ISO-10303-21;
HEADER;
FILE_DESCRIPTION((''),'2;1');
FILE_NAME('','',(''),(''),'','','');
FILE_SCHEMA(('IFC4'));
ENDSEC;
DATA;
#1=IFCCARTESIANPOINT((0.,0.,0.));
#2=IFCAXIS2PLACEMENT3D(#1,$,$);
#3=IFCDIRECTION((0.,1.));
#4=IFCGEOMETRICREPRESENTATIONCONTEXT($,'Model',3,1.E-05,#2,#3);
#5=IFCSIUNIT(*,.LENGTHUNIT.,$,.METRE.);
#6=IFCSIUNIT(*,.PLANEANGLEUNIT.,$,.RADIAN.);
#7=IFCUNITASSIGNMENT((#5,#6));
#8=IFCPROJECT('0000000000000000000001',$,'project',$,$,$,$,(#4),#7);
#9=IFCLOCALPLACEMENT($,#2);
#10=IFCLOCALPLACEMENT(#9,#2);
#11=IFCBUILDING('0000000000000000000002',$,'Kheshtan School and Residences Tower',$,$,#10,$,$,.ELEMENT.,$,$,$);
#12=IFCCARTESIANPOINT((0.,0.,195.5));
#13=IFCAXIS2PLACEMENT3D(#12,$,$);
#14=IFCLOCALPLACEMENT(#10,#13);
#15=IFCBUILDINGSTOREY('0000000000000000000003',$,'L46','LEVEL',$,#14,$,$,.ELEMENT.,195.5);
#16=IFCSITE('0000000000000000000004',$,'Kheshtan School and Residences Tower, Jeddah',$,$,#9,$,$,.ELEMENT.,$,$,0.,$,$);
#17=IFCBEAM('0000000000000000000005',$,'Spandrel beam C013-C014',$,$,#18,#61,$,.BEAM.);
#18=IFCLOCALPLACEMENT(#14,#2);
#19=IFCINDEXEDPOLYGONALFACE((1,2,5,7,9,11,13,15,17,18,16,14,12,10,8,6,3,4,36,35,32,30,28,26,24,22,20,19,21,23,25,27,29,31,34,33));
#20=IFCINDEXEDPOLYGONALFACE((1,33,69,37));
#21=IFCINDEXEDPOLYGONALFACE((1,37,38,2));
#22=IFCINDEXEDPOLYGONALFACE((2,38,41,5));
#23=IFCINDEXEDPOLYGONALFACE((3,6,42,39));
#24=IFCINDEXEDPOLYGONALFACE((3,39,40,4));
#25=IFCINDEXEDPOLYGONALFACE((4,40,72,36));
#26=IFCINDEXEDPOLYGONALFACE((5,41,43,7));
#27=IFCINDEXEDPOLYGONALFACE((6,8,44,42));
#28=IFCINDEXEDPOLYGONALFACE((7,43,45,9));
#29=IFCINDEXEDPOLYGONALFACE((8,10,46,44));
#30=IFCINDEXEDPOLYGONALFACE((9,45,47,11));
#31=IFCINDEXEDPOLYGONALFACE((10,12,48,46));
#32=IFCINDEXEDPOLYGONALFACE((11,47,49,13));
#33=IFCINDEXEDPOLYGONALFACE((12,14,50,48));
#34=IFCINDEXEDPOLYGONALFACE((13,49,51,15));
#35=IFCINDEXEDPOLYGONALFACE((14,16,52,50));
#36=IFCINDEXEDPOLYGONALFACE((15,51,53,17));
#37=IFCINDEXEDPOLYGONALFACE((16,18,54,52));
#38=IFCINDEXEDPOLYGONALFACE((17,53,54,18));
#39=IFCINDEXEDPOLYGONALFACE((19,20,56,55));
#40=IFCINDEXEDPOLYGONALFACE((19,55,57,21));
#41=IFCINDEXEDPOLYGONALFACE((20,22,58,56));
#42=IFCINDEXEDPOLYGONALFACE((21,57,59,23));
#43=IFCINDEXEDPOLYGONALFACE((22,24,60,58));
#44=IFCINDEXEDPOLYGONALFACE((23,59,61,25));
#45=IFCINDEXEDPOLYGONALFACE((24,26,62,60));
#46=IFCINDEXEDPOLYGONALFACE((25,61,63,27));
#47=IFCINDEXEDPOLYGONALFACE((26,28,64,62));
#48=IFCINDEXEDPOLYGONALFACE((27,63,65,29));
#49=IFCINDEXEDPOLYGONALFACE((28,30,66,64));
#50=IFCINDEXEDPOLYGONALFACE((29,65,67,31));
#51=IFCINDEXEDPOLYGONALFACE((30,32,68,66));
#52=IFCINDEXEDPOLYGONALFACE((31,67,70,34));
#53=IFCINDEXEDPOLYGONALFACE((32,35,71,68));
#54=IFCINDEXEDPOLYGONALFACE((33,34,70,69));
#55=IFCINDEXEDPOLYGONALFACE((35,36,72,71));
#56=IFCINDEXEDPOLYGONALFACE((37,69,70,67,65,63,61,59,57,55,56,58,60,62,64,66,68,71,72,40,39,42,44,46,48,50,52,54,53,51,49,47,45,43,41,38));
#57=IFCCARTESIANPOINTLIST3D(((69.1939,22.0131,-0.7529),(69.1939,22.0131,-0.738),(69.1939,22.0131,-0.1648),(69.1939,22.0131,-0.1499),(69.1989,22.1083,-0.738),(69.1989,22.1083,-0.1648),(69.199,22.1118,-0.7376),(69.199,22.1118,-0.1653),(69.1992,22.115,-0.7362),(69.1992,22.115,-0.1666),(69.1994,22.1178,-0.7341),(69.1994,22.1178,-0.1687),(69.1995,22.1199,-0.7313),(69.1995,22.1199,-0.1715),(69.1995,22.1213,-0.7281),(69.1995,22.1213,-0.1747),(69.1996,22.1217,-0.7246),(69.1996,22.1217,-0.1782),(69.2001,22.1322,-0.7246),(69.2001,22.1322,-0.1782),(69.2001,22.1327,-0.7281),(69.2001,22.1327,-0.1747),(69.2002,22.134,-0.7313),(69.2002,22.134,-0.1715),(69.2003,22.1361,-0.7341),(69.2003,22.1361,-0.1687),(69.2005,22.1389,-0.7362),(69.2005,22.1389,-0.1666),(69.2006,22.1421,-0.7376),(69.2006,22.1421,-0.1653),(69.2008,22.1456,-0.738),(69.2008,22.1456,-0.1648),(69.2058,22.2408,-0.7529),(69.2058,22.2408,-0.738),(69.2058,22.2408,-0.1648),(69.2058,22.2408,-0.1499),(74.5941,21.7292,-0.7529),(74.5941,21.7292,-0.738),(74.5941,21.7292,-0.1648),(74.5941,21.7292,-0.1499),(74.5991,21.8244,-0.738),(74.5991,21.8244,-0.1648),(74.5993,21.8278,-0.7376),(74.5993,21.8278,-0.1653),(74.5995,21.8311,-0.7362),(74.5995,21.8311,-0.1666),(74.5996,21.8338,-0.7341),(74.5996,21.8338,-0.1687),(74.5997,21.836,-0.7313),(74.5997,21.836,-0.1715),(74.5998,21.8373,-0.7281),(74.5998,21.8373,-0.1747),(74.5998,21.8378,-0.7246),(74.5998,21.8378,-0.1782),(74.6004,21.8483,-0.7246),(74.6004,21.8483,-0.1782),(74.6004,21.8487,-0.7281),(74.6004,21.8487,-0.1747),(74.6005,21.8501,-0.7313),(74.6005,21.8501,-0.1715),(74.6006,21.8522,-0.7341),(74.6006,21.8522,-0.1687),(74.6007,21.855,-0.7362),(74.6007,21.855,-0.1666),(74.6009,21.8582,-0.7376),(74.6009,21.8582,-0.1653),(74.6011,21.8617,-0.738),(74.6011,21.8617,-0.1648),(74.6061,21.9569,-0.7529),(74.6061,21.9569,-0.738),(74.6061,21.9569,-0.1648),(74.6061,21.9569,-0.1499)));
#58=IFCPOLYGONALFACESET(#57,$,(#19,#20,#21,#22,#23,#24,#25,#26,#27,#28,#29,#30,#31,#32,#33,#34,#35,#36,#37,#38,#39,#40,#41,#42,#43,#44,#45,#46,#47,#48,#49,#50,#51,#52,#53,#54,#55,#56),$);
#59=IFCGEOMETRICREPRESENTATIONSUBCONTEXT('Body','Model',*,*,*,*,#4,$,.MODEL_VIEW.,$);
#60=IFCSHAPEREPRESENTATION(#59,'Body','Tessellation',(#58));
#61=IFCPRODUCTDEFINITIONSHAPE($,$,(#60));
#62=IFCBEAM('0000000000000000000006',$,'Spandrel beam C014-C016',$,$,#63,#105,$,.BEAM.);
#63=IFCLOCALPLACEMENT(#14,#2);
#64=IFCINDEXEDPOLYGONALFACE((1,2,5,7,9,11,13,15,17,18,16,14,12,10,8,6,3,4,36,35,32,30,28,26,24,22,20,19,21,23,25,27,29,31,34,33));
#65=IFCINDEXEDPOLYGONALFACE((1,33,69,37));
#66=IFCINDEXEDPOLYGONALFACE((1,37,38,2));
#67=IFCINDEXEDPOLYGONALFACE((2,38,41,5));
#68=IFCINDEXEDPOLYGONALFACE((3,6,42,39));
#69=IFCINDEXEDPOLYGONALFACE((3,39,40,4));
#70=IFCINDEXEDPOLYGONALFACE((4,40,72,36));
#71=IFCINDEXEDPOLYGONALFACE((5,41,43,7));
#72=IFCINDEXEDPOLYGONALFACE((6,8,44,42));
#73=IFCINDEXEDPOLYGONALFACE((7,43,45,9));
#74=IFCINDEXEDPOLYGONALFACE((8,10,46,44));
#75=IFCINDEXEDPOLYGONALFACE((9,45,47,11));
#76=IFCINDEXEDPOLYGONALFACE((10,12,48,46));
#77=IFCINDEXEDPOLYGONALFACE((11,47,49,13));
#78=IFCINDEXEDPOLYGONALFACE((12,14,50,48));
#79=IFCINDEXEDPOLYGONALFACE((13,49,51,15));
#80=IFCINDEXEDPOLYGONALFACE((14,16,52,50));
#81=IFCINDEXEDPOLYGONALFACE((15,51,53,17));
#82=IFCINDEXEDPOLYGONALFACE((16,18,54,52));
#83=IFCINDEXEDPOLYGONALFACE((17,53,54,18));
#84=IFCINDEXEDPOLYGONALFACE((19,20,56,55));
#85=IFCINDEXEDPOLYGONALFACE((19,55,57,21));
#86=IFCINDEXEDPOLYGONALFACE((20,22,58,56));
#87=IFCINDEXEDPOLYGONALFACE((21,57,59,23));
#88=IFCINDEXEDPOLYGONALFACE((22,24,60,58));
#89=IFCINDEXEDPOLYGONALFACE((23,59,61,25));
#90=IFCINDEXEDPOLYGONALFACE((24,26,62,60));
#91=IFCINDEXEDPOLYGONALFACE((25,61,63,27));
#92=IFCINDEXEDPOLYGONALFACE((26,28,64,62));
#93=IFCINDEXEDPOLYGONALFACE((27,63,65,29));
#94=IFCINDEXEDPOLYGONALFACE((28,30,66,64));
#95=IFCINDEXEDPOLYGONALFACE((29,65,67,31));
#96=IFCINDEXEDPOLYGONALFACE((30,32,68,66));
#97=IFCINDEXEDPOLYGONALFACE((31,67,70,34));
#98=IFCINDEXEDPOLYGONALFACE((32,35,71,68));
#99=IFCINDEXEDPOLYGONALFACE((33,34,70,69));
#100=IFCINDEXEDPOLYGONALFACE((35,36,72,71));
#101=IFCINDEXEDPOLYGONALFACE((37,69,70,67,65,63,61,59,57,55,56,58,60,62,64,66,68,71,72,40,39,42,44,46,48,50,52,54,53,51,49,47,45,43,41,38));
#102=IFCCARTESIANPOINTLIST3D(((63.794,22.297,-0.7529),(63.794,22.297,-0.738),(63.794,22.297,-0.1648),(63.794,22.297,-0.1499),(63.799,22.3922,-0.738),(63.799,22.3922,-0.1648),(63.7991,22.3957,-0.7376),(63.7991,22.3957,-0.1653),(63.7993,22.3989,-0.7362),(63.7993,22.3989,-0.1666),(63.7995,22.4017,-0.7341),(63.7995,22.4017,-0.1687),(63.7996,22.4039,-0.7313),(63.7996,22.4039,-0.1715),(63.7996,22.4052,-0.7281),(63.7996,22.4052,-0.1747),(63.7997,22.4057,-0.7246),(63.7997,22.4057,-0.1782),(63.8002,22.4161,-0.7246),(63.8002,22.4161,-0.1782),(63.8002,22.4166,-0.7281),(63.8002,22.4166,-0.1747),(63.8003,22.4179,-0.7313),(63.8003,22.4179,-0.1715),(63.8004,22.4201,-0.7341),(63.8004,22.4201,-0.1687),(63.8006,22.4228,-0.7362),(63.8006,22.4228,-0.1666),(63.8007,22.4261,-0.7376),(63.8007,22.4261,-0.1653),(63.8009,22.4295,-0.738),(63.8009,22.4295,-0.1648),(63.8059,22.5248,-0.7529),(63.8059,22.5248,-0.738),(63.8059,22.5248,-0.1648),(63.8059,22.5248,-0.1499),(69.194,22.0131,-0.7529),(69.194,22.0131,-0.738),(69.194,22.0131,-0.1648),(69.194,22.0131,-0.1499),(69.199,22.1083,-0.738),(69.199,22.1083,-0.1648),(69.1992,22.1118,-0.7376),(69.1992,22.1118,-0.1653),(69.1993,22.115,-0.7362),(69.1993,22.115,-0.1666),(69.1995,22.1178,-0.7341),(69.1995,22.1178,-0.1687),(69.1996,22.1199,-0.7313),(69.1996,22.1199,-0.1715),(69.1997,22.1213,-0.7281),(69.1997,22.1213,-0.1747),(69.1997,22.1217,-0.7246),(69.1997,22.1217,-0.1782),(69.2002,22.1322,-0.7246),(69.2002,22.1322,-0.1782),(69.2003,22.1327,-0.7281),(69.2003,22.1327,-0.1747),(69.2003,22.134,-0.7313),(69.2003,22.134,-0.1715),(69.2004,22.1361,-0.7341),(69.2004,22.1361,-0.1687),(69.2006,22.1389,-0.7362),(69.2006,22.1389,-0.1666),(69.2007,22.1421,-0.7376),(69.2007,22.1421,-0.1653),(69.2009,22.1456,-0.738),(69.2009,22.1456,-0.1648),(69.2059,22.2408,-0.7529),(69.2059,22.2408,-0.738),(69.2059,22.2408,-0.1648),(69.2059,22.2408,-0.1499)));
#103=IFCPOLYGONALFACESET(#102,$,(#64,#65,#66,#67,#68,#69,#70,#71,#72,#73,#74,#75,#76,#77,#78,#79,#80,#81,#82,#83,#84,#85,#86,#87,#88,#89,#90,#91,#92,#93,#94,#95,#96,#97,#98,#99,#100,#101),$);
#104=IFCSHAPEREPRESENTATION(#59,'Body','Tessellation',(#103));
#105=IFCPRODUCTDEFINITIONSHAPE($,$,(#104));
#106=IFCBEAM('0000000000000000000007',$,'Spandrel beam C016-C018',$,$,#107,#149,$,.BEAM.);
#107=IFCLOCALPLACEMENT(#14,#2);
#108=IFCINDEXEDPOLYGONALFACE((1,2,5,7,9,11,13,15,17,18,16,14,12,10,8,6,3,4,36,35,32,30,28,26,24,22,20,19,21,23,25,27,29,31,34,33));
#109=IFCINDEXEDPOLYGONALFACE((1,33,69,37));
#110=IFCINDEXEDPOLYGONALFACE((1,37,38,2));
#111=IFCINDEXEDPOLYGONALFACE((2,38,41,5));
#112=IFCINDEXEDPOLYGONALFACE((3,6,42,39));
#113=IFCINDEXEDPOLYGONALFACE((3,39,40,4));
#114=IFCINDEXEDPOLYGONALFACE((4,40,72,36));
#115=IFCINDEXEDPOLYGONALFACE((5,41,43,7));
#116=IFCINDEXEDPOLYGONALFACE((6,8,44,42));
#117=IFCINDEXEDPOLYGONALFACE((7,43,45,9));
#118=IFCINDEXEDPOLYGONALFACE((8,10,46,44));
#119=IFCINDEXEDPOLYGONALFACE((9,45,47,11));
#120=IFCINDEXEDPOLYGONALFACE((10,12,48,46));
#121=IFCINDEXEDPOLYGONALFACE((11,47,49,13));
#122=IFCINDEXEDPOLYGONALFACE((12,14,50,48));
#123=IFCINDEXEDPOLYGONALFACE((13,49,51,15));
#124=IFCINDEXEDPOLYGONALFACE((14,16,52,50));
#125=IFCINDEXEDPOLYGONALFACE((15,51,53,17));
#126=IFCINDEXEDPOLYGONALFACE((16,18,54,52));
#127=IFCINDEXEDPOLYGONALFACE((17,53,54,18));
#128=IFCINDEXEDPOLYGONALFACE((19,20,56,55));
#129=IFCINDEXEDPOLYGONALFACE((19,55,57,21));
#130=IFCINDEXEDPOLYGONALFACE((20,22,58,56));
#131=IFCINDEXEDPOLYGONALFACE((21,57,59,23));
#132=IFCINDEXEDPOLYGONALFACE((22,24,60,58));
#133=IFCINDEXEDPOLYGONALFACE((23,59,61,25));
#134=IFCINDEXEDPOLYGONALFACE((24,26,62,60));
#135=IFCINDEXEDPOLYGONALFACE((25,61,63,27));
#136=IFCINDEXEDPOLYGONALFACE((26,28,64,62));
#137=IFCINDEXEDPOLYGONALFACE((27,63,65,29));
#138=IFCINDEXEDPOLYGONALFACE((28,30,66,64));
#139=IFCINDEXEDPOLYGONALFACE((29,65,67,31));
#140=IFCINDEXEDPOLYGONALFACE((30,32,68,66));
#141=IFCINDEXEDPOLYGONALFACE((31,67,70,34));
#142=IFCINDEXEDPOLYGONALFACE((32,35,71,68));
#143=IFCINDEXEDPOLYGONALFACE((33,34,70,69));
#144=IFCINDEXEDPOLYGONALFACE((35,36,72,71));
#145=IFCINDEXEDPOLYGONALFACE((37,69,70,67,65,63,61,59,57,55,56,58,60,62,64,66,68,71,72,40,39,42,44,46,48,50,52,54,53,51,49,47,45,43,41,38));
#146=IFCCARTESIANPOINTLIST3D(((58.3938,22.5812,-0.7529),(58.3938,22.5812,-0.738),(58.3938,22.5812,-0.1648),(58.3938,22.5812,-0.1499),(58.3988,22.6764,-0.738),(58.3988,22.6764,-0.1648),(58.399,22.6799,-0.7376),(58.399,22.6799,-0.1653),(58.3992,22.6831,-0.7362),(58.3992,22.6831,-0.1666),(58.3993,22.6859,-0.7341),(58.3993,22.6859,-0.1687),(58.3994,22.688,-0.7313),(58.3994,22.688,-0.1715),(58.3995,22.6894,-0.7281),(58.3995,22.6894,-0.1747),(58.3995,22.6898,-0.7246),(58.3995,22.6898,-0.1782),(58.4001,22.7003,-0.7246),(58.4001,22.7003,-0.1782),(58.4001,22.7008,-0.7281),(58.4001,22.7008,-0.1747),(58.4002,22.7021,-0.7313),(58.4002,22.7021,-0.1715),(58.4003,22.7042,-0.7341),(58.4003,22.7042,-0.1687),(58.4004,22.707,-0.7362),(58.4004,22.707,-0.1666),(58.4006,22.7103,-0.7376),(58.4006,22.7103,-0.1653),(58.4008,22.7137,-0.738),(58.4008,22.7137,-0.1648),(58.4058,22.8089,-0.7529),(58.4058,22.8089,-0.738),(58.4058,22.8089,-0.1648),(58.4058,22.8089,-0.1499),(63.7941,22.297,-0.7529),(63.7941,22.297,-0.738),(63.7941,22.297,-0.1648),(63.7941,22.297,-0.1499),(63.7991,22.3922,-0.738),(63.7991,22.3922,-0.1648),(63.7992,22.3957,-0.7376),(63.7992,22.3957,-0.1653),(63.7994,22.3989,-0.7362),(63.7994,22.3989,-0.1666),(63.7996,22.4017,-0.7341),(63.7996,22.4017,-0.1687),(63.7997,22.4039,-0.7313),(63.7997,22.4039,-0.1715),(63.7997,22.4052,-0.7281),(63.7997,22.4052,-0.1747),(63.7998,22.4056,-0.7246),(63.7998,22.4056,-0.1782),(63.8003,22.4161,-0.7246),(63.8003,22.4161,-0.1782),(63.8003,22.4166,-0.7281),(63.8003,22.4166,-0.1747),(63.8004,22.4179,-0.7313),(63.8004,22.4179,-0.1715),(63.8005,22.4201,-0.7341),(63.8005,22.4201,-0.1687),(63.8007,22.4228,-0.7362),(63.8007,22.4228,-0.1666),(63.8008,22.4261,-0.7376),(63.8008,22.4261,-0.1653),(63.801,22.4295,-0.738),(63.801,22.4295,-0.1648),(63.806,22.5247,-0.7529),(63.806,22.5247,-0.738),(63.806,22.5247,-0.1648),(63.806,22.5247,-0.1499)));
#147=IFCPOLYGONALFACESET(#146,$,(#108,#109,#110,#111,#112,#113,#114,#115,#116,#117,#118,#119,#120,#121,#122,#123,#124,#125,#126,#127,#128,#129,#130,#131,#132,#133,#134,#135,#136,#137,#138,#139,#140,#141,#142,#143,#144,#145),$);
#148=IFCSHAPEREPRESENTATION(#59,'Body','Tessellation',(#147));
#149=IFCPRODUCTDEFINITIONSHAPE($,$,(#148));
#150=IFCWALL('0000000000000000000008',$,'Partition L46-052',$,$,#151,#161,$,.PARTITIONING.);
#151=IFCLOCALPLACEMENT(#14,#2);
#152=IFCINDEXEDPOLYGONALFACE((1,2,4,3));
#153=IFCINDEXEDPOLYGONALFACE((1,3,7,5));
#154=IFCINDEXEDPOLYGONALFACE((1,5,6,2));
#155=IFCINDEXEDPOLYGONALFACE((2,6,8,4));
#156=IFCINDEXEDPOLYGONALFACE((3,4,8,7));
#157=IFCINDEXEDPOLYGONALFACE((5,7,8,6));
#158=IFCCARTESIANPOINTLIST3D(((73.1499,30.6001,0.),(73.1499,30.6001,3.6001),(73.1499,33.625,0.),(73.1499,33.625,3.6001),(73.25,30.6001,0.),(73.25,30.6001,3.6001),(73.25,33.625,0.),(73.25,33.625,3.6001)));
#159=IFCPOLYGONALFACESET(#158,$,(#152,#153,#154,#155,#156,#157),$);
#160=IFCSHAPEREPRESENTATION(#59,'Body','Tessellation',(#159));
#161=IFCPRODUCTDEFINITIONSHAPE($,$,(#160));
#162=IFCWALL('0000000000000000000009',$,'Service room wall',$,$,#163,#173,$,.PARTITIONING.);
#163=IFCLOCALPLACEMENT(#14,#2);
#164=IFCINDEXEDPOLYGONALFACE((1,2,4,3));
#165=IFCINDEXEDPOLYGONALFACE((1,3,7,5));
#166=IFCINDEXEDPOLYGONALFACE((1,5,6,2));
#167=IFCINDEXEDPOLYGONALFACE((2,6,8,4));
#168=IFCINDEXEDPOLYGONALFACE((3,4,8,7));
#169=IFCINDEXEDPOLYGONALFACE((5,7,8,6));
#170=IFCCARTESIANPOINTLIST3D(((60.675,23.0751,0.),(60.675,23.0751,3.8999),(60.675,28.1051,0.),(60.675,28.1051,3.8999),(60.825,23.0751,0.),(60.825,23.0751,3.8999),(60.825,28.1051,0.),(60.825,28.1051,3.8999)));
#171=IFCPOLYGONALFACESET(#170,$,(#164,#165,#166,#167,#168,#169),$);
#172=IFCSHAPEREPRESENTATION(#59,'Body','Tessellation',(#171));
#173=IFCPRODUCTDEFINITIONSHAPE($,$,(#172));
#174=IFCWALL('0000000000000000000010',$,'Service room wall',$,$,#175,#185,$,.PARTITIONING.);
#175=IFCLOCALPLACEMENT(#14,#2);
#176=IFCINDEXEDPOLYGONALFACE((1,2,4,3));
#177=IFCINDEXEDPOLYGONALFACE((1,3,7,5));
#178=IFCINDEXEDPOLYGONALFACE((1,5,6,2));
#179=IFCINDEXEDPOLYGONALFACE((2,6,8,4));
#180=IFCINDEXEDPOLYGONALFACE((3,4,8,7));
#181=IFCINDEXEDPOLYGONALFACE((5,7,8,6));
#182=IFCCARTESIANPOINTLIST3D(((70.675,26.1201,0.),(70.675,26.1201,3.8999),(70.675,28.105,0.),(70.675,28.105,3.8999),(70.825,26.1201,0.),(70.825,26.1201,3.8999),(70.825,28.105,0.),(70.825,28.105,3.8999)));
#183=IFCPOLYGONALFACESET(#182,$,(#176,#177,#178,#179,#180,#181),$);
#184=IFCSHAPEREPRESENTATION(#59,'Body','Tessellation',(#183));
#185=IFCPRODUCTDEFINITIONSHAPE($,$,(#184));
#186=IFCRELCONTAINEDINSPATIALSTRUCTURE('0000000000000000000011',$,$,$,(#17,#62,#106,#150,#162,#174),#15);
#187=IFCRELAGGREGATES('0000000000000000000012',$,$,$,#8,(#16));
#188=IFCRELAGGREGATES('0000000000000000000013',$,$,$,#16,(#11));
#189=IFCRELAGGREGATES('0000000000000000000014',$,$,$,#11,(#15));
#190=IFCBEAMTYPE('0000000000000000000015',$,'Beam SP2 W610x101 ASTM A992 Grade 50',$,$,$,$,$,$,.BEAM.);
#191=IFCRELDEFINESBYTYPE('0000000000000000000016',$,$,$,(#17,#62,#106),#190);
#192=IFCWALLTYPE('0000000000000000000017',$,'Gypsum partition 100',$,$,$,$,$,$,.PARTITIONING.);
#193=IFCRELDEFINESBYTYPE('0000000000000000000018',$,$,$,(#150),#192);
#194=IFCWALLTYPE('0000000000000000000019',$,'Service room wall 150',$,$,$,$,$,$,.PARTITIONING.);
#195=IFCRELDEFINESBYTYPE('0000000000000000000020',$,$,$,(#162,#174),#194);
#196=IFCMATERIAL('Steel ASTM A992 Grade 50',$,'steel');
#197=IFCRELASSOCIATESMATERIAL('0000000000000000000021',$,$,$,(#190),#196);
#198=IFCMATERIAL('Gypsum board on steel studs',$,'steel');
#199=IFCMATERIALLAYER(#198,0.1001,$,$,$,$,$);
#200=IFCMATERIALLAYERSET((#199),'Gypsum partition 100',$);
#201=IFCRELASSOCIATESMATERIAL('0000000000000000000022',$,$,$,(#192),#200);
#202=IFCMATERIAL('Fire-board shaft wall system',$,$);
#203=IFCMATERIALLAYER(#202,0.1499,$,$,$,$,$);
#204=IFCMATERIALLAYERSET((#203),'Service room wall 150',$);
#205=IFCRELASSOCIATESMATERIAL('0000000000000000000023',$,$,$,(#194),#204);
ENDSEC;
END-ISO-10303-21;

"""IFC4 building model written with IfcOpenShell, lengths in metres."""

from ifc_helpers import new_model, si_unit, direction, frame, frame_2d, origin, origin_2d, place, context, subcontext, project, spatial, rectangle, i_section, extrude, material, layer, layer_set, material_profile, profile_set, type_object, element, save


model = new_model("IFC4")

# Units and contexts
model_context = context("Model", 3, precision=1e-05, world=origin(), true_north=direction((0.0, 1.0)))
body_context = subcontext(model_context, "Body", "Model", "MODEL_VIEW")
ifc_project = project(units=[si_unit("LENGTHUNIT", "METRE"), si_unit("PLANEANGLEUNIT", "RADIAN")], contexts=[model_context])

# Site, building, storey
site_placement = place(None, origin())
site = spatial("IfcSite", under=ifc_project, at=site_placement, Name="Kheshtan School and Residences Tower, Jeddah", CompositionType="ELEMENT", RefElevation=0.0)
building_placement = place(site_placement, origin())
building = spatial("IfcBuilding", under=site, at=building_placement, Name="Kheshtan School and Residences Tower", CompositionType="ELEMENT")
storey_placement = place(building_placement, frame((0.0, 0.0, 195.5)))
storey = spatial("IfcBuildingStorey", under=building, at=storey_placement, Name="L46", Description="LEVEL", CompositionType="ELEMENT", Elevation=195.5)

# Shared definitions
ifc_material_1 = material(Name="Steel ASTM A992 Grade 50", Category="steel")

# Beams
ifc_material_profile_1 = material_profile(ifc_material_1, i_section(OverallWidth=0.228, OverallDepth=0.603, WebThickness=0.0105, FlangeThickness=0.0149, FilletRadius=0.0134, at=origin_2d()), Name="W610x101")
ifc_profile_set_1 = profile_set([ifc_material_profile_1], Name="Steel ASTM A992 Grade 50")
beam_type_1 = type_object("IfcBeamType", Name="Beam SP2 W610x101 ASTM A992 Grade 50", PredefinedType="BEAM", material=ifc_profile_set_1)
beam_1_placement = place(storey_placement, frame((74.6001, 21.843, -0.4514), z_axis=(-0.998621, 0.052507, 0.0), x_axis=(-0.052507, -0.998621, 0.0)))
element("IfcBeam", 1, at=beam_1_placement, inside=storey, type_object=beam_type_1, Name="Spandrel beam C013-C014", PredefinedType="BEAM", context=body_context, shape_type="SweptSolid", body=[
    extrude(i_section(OverallWidth=0.228, OverallDepth=0.603, WebThickness=0.0105, FlangeThickness=0.0149, FilletRadius=0.0134, at=origin_2d()), origin(), (0.0, 0.0, 1.0), 5.4077),
])
beam_2_placement = place(storey_placement, frame((69.2, 22.127, -0.4514), z_axis=(-0.99862, 0.052509, 0.0), x_axis=(-0.052509, -0.99862, 0.0)))
element("IfcBeam", 2, at=beam_2_placement, inside=storey, type_object=beam_type_1, Name="Spandrel beam C014-C016", PredefinedType="BEAM", context=body_context, shape_type="SweptSolid", body=[
    extrude(i_section(OverallWidth=0.228, OverallDepth=0.603, WebThickness=0.0105, FlangeThickness=0.0149, FilletRadius=0.0134, at=origin_2d()), origin(), (0.0, 0.0, 1.0), 5.4075),
])
beam_3_placement = place(storey_placement, frame((63.8, 22.4109, -0.4514), z_axis=(-0.998618, 0.052552, 0.0), x_axis=(-0.052552, -0.998618, 0.0)))
element("IfcBeam", 3, at=beam_3_placement, inside=storey, type_object=beam_type_1, Name="Spandrel beam C016-C018", PredefinedType="BEAM", context=body_context, shape_type="SweptSolid", body=[
    extrude(i_section(OverallWidth=0.228, OverallDepth=0.603, WebThickness=0.0105, FlangeThickness=0.0149, FilletRadius=0.0134, at=origin_2d()), origin(), (0.0, 0.0, 1.0), 5.4077),
])

# Walls
ifc_material_2 = material(Name="Gypsum board on steel studs", Category="steel")
ifc_layer_1 = layer(ifc_material_2, 0.1001)
ifc_layer_set_1 = layer_set([ifc_layer_1], Name="Gypsum partition 100")
wall_type_1 = type_object("IfcWallType", Name="Gypsum partition 100", PredefinedType="PARTITIONING", material=ifc_layer_set_1)
wall_1_placement = place(storey_placement, frame((73.2, 30.6001, 0.0), z_axis=(0.0, 0.0, 1.0), x_axis=(0.0, 1.0, 0.0)))
element("IfcWall", 4, at=wall_1_placement, inside=storey, type_object=wall_type_1, Name="Partition L46-052", PredefinedType="PARTITIONING", context=body_context, shape_type="SweptSolid", body=[
    extrude(rectangle(XDim=3.0249, YDim=0.1001, at=frame_2d((1.5125, 0.0))), origin(), (0.0, 0.0, 1.0), 3.6001),
])
ifc_material_3 = material(Name="Fire-board shaft wall system")
ifc_layer_2 = layer(ifc_material_3, 0.1499)
ifc_layer_set_2 = layer_set([ifc_layer_2], Name="Service room wall 150")
wall_type_2 = type_object("IfcWallType", Name="Service room wall 150", PredefinedType="PARTITIONING", material=ifc_layer_set_2)
wall_2_placement = place(storey_placement, frame((60.75, 23.075, 0.0), z_axis=(0.0, 0.0, 1.0), x_axis=(0.0, 1.0, 0.0)))
element("IfcWall", 5, at=wall_2_placement, inside=storey, type_object=wall_type_2, Name="Service room wall", PredefinedType="PARTITIONING", context=body_context, shape_type="SweptSolid", body=[
    extrude(rectangle(XDim=5.03, YDim=0.1499, at=frame_2d((2.5151, 0.0))), origin(), (0.0, 0.0, 1.0), 3.8999),
])
wall_3_placement = place(storey_placement, frame((70.75, 26.1201, 0.0), z_axis=(0.0, 0.0, 1.0), x_axis=(0.0, 1.0, 0.0)))
element("IfcWall", 6, at=wall_3_placement, inside=storey, type_object=wall_type_2, Name="Service room wall", PredefinedType="PARTITIONING", context=body_context, shape_type="SweptSolid", body=[
    extrude(rectangle(XDim=1.9849, YDim=0.1499, at=frame_2d((0.9924, 0.0))), origin(), (0.0, 0.0, 1.0), 3.8999),
])

save(model, "model.ifc")
